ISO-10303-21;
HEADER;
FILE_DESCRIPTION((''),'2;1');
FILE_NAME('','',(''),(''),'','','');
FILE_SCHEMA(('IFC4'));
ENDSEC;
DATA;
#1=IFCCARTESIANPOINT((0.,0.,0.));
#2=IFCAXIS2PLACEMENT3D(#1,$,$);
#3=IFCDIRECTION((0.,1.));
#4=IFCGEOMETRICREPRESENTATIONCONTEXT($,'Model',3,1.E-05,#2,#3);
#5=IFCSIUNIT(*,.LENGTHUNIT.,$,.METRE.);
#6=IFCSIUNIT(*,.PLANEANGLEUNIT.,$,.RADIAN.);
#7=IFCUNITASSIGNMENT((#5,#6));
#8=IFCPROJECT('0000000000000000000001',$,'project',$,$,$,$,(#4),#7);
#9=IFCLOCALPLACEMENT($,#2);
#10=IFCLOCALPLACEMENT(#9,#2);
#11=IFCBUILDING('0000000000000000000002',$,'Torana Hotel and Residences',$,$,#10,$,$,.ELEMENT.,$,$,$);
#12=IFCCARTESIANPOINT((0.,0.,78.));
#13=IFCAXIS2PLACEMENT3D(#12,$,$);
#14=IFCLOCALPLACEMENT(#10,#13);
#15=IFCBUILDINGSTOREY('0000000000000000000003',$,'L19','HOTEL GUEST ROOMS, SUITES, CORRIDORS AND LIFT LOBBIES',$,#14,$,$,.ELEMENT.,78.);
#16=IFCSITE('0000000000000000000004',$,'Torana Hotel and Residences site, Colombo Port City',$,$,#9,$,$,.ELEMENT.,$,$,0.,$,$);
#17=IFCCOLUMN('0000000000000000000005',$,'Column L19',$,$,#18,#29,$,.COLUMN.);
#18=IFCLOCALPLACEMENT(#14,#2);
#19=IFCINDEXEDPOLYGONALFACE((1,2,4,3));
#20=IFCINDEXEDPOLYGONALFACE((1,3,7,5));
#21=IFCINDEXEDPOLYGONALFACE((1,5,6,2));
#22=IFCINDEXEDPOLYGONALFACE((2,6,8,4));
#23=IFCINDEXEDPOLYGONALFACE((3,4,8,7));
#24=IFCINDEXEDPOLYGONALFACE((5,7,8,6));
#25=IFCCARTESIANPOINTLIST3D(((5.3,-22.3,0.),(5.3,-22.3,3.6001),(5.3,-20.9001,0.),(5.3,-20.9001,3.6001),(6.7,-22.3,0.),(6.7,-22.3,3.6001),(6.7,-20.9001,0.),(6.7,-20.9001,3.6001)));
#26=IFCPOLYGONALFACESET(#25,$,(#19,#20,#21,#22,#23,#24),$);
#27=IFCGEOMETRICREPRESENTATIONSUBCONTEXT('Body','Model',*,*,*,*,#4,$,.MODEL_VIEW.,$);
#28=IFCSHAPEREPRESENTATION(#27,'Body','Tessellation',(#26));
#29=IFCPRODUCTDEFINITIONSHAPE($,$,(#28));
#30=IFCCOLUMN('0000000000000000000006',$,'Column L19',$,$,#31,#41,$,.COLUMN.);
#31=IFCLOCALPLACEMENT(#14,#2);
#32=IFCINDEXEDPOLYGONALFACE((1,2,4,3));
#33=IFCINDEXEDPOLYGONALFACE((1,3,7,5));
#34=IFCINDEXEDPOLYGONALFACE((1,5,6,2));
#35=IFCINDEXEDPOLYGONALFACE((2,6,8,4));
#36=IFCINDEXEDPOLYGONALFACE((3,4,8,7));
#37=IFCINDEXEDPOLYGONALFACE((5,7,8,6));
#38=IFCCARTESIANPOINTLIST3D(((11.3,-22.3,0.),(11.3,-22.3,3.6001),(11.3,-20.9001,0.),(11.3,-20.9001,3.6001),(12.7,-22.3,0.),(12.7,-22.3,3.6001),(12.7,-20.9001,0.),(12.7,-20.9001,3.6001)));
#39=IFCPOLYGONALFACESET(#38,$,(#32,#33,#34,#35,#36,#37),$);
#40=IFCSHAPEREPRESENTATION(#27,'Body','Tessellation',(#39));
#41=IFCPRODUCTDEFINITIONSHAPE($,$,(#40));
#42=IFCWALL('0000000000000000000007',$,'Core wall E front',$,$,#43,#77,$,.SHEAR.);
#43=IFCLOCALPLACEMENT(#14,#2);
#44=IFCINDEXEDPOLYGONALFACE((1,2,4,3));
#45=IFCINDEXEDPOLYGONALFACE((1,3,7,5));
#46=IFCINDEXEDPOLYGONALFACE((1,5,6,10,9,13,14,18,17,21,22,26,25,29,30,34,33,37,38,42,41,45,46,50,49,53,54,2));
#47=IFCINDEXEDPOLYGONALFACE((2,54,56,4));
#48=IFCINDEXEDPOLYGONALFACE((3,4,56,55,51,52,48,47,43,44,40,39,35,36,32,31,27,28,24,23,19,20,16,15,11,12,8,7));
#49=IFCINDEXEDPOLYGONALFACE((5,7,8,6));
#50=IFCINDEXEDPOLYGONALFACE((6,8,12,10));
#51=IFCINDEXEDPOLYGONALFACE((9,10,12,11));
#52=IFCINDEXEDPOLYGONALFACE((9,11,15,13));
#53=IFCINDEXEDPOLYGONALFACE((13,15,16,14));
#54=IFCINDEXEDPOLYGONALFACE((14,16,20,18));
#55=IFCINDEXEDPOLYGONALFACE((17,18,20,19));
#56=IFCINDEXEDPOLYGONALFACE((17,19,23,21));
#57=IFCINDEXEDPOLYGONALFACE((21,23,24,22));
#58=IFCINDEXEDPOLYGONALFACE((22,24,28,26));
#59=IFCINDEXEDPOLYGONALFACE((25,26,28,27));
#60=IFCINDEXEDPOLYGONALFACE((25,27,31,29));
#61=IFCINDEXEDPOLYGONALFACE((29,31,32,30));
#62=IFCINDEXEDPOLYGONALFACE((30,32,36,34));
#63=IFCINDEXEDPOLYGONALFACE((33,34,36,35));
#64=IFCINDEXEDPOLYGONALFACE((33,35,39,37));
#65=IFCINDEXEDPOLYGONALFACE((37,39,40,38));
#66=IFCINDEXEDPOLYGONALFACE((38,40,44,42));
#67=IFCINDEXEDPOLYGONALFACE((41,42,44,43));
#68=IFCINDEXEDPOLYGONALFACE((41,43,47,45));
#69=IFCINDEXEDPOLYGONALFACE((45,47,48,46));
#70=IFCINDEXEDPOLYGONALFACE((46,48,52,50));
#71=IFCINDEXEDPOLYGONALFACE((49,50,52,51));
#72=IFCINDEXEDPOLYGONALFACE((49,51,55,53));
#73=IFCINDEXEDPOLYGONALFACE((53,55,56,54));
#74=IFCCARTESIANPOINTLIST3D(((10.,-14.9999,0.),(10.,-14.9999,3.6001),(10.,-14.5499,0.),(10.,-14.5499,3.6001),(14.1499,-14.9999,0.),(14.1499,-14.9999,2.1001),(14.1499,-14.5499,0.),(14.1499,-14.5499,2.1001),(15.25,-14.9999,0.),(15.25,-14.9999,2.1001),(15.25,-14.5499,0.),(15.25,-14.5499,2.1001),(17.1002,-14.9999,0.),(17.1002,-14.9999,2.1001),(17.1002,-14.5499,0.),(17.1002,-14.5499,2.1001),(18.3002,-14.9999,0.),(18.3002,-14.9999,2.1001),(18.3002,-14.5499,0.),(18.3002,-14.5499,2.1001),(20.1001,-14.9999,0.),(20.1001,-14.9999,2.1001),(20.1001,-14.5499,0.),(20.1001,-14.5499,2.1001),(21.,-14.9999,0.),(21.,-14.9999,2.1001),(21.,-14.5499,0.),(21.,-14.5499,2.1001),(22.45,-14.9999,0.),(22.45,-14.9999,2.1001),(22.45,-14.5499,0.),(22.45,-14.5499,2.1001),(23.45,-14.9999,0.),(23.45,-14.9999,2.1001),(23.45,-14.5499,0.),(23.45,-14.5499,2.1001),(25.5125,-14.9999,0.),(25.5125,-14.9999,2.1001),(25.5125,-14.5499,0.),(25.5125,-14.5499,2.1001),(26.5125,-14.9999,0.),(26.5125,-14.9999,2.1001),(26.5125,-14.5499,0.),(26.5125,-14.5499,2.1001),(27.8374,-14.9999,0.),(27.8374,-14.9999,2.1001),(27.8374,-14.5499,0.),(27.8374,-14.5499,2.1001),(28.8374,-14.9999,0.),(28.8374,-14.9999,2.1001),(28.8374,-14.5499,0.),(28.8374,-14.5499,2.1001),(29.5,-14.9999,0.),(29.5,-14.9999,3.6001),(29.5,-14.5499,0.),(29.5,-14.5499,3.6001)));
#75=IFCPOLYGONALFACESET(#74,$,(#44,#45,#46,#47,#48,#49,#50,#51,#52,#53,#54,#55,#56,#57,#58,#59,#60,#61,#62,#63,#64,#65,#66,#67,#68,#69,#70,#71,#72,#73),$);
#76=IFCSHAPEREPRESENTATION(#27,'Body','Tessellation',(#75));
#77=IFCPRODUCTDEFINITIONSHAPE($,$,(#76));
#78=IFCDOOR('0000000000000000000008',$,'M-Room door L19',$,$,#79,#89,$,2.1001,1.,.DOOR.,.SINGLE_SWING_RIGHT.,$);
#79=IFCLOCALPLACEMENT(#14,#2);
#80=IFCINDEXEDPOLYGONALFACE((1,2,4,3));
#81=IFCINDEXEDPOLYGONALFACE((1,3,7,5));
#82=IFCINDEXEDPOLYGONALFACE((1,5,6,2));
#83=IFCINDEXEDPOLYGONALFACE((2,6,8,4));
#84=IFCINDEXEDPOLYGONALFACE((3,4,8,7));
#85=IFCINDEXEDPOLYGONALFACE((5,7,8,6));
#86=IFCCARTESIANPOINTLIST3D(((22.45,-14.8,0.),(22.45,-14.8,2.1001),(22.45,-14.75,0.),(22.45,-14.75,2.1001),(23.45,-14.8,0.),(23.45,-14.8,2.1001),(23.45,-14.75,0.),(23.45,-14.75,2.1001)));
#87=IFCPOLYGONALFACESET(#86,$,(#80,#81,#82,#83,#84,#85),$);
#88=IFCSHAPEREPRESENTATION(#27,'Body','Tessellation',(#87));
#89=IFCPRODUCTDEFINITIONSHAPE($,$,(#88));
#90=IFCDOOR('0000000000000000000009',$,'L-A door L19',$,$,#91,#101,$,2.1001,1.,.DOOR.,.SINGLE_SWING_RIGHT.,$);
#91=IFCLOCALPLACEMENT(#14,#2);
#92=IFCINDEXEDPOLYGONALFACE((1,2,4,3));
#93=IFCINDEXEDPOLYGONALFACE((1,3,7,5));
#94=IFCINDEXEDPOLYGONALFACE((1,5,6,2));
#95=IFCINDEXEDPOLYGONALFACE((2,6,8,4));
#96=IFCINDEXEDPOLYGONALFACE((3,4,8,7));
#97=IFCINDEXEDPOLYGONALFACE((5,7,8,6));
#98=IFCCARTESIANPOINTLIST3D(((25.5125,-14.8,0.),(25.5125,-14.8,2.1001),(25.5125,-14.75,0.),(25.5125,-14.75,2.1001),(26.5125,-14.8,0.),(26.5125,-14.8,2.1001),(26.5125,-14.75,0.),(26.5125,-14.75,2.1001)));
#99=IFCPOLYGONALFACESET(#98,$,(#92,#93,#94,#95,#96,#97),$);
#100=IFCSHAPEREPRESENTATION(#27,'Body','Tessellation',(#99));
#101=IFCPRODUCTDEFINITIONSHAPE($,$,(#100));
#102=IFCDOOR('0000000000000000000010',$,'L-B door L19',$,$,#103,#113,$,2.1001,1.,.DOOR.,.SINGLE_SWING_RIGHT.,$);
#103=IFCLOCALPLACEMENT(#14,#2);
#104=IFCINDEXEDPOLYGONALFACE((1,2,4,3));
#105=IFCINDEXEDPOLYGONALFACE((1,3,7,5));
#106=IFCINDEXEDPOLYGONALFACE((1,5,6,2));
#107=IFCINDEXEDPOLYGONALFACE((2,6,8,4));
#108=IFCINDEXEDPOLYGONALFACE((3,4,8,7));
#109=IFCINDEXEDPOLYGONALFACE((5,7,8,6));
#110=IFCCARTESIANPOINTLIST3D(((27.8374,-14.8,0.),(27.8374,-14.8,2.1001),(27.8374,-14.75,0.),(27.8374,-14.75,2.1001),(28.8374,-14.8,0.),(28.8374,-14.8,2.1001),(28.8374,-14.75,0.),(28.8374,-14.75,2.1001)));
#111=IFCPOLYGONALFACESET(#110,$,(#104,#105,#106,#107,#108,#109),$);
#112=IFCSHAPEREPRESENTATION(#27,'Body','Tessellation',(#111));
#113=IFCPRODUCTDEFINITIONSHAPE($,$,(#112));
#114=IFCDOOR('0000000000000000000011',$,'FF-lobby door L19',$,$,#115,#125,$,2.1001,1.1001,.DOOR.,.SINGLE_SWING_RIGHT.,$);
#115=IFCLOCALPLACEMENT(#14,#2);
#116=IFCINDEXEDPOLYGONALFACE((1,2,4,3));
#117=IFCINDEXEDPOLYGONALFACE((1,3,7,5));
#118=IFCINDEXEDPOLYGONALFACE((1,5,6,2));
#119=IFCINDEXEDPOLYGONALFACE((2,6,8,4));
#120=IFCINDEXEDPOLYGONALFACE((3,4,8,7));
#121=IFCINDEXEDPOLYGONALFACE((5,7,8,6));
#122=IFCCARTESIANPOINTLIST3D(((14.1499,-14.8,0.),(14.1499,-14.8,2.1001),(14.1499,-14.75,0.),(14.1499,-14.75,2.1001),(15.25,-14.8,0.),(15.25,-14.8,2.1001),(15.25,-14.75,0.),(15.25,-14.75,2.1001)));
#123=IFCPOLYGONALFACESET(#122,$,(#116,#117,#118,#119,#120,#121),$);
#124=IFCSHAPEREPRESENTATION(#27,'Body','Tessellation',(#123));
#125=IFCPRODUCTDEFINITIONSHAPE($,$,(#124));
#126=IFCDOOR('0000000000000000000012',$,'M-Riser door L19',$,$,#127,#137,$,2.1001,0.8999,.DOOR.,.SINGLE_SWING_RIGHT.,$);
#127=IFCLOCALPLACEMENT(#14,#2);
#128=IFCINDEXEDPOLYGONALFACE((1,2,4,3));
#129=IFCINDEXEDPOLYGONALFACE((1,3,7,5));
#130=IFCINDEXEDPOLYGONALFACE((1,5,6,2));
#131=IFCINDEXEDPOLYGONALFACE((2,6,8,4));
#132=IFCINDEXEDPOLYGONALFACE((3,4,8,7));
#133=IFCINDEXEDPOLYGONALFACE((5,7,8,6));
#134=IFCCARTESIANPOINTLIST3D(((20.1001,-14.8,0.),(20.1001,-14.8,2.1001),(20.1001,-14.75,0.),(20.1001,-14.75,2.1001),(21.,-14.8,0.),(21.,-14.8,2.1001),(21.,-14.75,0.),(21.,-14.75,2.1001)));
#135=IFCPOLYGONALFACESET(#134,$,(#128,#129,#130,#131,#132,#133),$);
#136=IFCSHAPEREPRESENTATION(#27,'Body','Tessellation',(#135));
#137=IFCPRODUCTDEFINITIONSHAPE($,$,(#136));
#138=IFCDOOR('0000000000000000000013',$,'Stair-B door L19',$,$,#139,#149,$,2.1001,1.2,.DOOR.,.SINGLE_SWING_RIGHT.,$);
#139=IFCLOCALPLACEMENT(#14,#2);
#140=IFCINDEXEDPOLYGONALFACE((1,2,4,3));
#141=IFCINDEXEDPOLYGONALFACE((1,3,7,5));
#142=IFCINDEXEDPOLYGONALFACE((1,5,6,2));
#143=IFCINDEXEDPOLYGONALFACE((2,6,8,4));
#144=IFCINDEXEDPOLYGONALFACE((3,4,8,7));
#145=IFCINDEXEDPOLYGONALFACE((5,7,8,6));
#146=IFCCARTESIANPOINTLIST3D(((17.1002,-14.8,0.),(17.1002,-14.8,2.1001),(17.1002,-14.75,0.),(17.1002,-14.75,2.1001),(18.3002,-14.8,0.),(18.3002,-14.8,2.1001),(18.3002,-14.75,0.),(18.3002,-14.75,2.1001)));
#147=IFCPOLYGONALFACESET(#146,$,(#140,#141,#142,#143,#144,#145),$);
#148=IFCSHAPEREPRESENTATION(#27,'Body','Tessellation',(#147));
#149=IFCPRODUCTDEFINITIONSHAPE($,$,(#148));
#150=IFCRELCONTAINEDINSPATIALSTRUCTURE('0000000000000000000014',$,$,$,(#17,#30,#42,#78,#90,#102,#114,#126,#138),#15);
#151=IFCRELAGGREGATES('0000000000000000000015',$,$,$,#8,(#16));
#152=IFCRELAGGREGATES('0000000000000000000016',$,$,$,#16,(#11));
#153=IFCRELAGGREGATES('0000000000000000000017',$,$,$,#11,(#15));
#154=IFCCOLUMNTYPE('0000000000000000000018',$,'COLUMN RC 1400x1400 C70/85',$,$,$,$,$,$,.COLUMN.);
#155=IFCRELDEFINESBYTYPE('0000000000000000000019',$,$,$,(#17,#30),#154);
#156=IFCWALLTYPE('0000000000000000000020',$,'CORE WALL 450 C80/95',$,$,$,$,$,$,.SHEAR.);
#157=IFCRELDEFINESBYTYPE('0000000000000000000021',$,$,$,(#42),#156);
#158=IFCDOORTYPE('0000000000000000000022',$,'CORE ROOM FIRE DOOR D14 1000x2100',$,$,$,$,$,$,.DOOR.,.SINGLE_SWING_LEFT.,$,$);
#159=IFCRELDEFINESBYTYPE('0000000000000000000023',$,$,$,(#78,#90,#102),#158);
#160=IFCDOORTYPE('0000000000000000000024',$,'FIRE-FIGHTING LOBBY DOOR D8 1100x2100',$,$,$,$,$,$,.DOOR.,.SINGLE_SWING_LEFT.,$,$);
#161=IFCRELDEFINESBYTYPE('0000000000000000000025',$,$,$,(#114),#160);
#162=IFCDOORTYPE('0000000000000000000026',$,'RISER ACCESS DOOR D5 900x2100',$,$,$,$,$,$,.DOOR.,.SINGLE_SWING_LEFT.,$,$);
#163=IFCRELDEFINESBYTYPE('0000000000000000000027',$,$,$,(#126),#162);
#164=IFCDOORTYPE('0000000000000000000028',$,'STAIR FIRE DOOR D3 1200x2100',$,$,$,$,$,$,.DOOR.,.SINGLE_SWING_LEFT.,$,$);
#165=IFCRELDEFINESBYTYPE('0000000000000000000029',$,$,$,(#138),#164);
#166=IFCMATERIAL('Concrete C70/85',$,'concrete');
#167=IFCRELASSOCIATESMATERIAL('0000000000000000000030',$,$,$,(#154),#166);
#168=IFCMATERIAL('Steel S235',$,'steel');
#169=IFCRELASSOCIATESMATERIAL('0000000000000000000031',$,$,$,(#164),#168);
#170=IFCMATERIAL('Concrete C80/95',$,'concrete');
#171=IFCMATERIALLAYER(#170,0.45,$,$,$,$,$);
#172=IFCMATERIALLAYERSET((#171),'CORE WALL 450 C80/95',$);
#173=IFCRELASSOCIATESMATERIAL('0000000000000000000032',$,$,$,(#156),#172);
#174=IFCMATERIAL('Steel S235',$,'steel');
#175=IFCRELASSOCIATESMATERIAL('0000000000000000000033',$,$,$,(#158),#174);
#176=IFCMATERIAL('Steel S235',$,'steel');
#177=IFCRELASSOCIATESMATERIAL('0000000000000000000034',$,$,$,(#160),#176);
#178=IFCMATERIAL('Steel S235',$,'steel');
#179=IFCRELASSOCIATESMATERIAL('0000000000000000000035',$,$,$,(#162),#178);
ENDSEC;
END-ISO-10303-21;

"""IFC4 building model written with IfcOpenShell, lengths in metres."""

from ifc_helpers import new_model, si_unit, direction, frame, frame_2d, origin, origin_2d, place, context, subcontext, project, spatial, rectangle, extrude, material, layer, layer_set, material_profile, profile_set, type_object, element, fill, save


model = new_model("IFC4")

# Units and contexts
model_context = context("Model", 3, precision=1e-05, world=origin(), true_north=direction((0.0, 1.0)))
body_context = subcontext(model_context, "Body", "Model", "MODEL_VIEW")
ifc_project = project(units=[si_unit("LENGTHUNIT", "METRE"), si_unit("PLANEANGLEUNIT", "RADIAN")], contexts=[model_context])

# Site, building, storey
site_placement = place(None, origin())
site = spatial("IfcSite", under=ifc_project, at=site_placement, Name="Torana Hotel and Residences site, Colombo Port City", CompositionType="ELEMENT", RefElevation=0.0)
building_placement = place(site_placement, origin())
building = spatial("IfcBuilding", under=site, at=building_placement, Name="Torana Hotel and Residences", CompositionType="ELEMENT")
storey_placement = place(building_placement, frame((0.0, 0.0, 78.0)))
storey = spatial("IfcBuildingStorey", under=building, at=storey_placement, Name="L19", Description="HOTEL GUEST ROOMS, SUITES, CORRIDORS AND LIFT LOBBIES", CompositionType="ELEMENT", Elevation=78.0)

# Columns
ifc_material_1 = material(Name="Concrete C70/85", Category="concrete")
ifc_material_profile = material_profile(ifc_material_1, rectangle(XDim=1.3999, YDim=1.3999, at=origin_2d()), Name="RC 1400x1400")
ifc_profile_set = profile_set([ifc_material_profile], Name="Concrete C70/85")
column_type = type_object("IfcColumnType", Name="COLUMN RC 1400x1400 C70/85", PredefinedType="COLUMN", material=ifc_profile_set)
for number, where, z_axis, x_axis, name in (
    (1, (6.0, -21.6001, 0.0), (0.0, 0.0, 1.0), (1.0, 0.0, 0.0), "Column L19"),
    (2, (12.0, -21.6001, 0.0), (0.0, 0.0, 1.0), (1.0, 0.0, 0.0), "Column L19"),
):
    element("IfcColumn", number, at=place(storey_placement, frame(where, z_axis=z_axis, x_axis=x_axis)), inside=storey, type_object=column_type, Name=name, PredefinedType="COLUMN", context=body_context, shape_type="SweptSolid", body=[
        extrude(rectangle(XDim=1.3999, YDim=1.3999, at=origin_2d()), origin(), (0.0, 0.0, 1.0), 3.6001),
    ])

# Wall, openings, doors
ifc_material_2 = material(Name="Steel S235", Category="steel")
door_type_1 = type_object("IfcDoorType", Name="STAIR FIRE DOOR D3 1200x2100", OperationType="SINGLE_SWING_LEFT", PredefinedType="DOOR", material=ifc_material_2)
ifc_material_3 = material(Name="Concrete C80/95", Category="concrete")
ifc_layer_1 = layer(ifc_material_3, 0.45)
ifc_layer_set_1 = layer_set([ifc_layer_1], Name="CORE WALL 450 C80/95")
wall_type_1 = type_object("IfcWallType", Name="CORE WALL 450 C80/95", PredefinedType="SHEAR", material=ifc_layer_set_1)
wall_1_placement = place(storey_placement, frame((10.0, -14.7749, 0.0), z_axis=(0.0, 0.0, 1.0), x_axis=(1.0, 0.0, 0.0)))
wall_1 = element("IfcWall", 3, at=wall_1_placement, inside=storey, type_object=wall_type_1, Name="Core wall E front", PredefinedType="SHEAR", context=body_context, shape_type="SweptSolid", body=[
    extrude(rectangle(XDim=19.5, YDim=0.45, at=frame_2d((9.75, 0.0))), origin(), (0.0, 0.0, 1.0), 3.6001),
])
opening_1_placement = place(wall_1_placement, frame((7.1001, 0.0, 0.0)))
opening_1 = element("IfcOpeningElement", 4, at=opening_1_placement, cuts=wall_1, PredefinedType="OPENING", context=body_context, shape_type="SweptSolid", body=[
    extrude(rectangle(XDim=1.2, YDim=2.1001, at=frame_2d((0.6001, 1.05))), frame((0.0, 0.2349, 0.0), z_axis=(0.0, -1.0, 0.0), x_axis=(1.0, 0.0, 0.0)), (0.0, 0.0, 1.0), 0.47),
])
opening_2_placement = place(wall_1_placement, frame((4.1499, 0.0, 0.0)))
opening_2 = element("IfcOpeningElement", 5, at=opening_2_placement, cuts=wall_1, PredefinedType="OPENING", context=body_context, shape_type="SweptSolid", body=[
    extrude(rectangle(XDim=1.1001, YDim=2.1001, at=frame_2d((0.55, 1.05))), frame((0.0, 0.2349, 0.0), z_axis=(0.0, -1.0, 0.0), x_axis=(1.0, 0.0, 0.0)), (0.0, 0.0, 1.0), 0.47),
])
opening_3_placement = place(wall_1_placement, frame((10.1001, 0.0, 0.0)))
opening_3 = element("IfcOpeningElement", 6, at=opening_3_placement, cuts=wall_1, PredefinedType="OPENING", context=body_context, shape_type="SweptSolid", body=[
    extrude(rectangle(XDim=0.8999, YDim=2.1001, at=frame_2d((0.45, 1.05))), frame((0.0, 0.2349, 0.0), z_axis=(0.0, -1.0, 0.0), x_axis=(1.0, 0.0, 0.0)), (0.0, 0.0, 1.0), 0.47),
])
opening_4_placement = place(wall_1_placement, frame((12.45, 0.0, 0.0)))
opening_4 = element("IfcOpeningElement", 7, at=opening_4_placement, cuts=wall_1, PredefinedType="OPENING", context=body_context, shape_type="SweptSolid", body=[
    extrude(rectangle(XDim=1.0, YDim=2.1001, at=frame_2d((0.5, 1.05))), frame((0.0, 0.2349, 0.0), z_axis=(0.0, -1.0, 0.0), x_axis=(1.0, 0.0, 0.0)), (0.0, 0.0, 1.0), 0.47),
])
opening_5_placement = place(wall_1_placement, frame((15.5125, 0.0, 0.0)))
opening_5 = element("IfcOpeningElement", 8, at=opening_5_placement, cuts=wall_1, PredefinedType="OPENING", context=body_context, shape_type="SweptSolid", body=[
    extrude(rectangle(XDim=1.0, YDim=2.1001, at=frame_2d((0.5, 1.05))), frame((0.0, 0.2349, 0.0), z_axis=(0.0, -1.0, 0.0), x_axis=(1.0, 0.0, 0.0)), (0.0, 0.0, 1.0), 0.47),
])
opening_6_placement = place(wall_1_placement, frame((17.8374, 0.0, 0.0)))
opening_6 = element("IfcOpeningElement", 9, at=opening_6_placement, cuts=wall_1, PredefinedType="OPENING", context=body_context, shape_type="SweptSolid", body=[
    extrude(rectangle(XDim=1.0, YDim=2.1001, at=frame_2d((0.5, 1.05))), frame((0.0, 0.2349, 0.0), z_axis=(0.0, -1.0, 0.0), x_axis=(1.0, 0.0, 0.0)), (0.0, 0.0, 1.0), 0.47),
])
ifc_material_4 = material(Name="Steel S235", Category="steel")
door_type_2 = type_object("IfcDoorType", Name="CORE ROOM FIRE DOOR D14 1000x2100", OperationType="SINGLE_SWING_LEFT", PredefinedType="DOOR", material=ifc_material_4)
door_1_placement = place(opening_4_placement, origin())
door_1 = element("IfcDoor", 10, at=door_1_placement, inside=storey, type_object=door_type_2, Name="M-Room door L19", OperationType="SINGLE_SWING_RIGHT", OverallHeight=2.1001, OverallWidth=1.0, PredefinedType="DOOR", context=body_context, shape_type="SweptSolid", body=[
    extrude(rectangle(XDim=1.0, YDim=2.1001, at=frame_2d((0.5, 1.05))), frame((0.0, 0.0249, 0.0), z_axis=(0.0, -1.0, 0.0), x_axis=(1.0, 0.0, 0.0)), (0.0, 0.0, 1.0), 0.05),
])
fill(opening_4, door_1)
door_2_placement = place(opening_5_placement, origin())
door_2 = element("IfcDoor", 11, at=door_2_placement, inside=storey, type_object=door_type_2, Name="L-A door L19", OperationType="SINGLE_SWING_RIGHT", OverallHeight=2.1001, OverallWidth=1.0, PredefinedType="DOOR", context=body_context, shape_type="SweptSolid", body=[
    extrude(rectangle(XDim=1.0, YDim=2.1001, at=frame_2d((0.5, 1.05))), frame((0.0, 0.0249, 0.0), z_axis=(0.0, -1.0, 0.0), x_axis=(1.0, 0.0, 0.0)), (0.0, 0.0, 1.0), 0.05),
])
fill(opening_5, door_2)
door_3_placement = place(opening_6_placement, origin())
door_3 = element("IfcDoor", 12, at=door_3_placement, inside=storey, type_object=door_type_2, Name="L-B door L19", OperationType="SINGLE_SWING_RIGHT", OverallHeight=2.1001, OverallWidth=1.0, PredefinedType="DOOR", context=body_context, shape_type="SweptSolid", body=[
    extrude(rectangle(XDim=1.0, YDim=2.1001, at=frame_2d((0.5, 1.05))), frame((0.0, 0.0249, 0.0), z_axis=(0.0, -1.0, 0.0), x_axis=(1.0, 0.0, 0.0)), (0.0, 0.0, 1.0), 0.05),
])
fill(opening_6, door_3)
ifc_material_5 = material(Name="Steel S235", Category="steel")
door_type_3 = type_object("IfcDoorType", Name="FIRE-FIGHTING LOBBY DOOR D8 1100x2100", OperationType="SINGLE_SWING_LEFT", PredefinedType="DOOR", material=ifc_material_5)
door_4_placement = place(opening_2_placement, origin())
door_4 = element("IfcDoor", 13, at=door_4_placement, inside=storey, type_object=door_type_3, Name="FF-lobby door L19", OperationType="SINGLE_SWING_RIGHT", OverallHeight=2.1001, OverallWidth=1.1001, PredefinedType="DOOR", context=body_context, shape_type="SweptSolid", body=[
    extrude(rectangle(XDim=1.1001, YDim=2.1001, at=frame_2d((0.55, 1.05))), frame((0.0, 0.0249, 0.0), z_axis=(0.0, -1.0, 0.0), x_axis=(1.0, 0.0, 0.0)), (0.0, 0.0, 1.0), 0.05),
])
fill(opening_2, door_4)
ifc_material_6 = material(Name="Steel S235", Category="steel")
door_type_4 = type_object("IfcDoorType", Name="RISER ACCESS DOOR D5 900x2100", OperationType="SINGLE_SWING_LEFT", PredefinedType="DOOR", material=ifc_material_6)
door_5_placement = place(opening_3_placement, origin())
door_5 = element("IfcDoor", 14, at=door_5_placement, inside=storey, type_object=door_type_4, Name="M-Riser door L19", OperationType="SINGLE_SWING_RIGHT", OverallHeight=2.1001, OverallWidth=0.8999, PredefinedType="DOOR", context=body_context, shape_type="SweptSolid", body=[
    extrude(rectangle(XDim=0.8999, YDim=2.1001, at=frame_2d((0.45, 1.05))), frame((0.0, 0.0249, 0.0), z_axis=(0.0, -1.0, 0.0), x_axis=(1.0, 0.0, 0.0)), (0.0, 0.0, 1.0), 0.05),
])
fill(opening_3, door_5)
door_6_placement = place(opening_1_placement, origin())
door_6 = element("IfcDoor", 15, at=door_6_placement, inside=storey, type_object=door_type_1, Name="Stair-B door L19", OperationType="SINGLE_SWING_RIGHT", OverallHeight=2.1001, OverallWidth=1.2, PredefinedType="DOOR", context=body_context, shape_type="SweptSolid", body=[
    extrude(rectangle(XDim=1.2, YDim=2.1001, at=frame_2d((0.6001, 1.05))), frame((0.0, 0.0249, 0.0), z_axis=(0.0, -1.0, 0.0), x_axis=(1.0, 0.0, 0.0)), (0.0, 0.0, 1.0), 0.05),
])
fill(opening_1, door_6)

save(model, "model.ifc")
